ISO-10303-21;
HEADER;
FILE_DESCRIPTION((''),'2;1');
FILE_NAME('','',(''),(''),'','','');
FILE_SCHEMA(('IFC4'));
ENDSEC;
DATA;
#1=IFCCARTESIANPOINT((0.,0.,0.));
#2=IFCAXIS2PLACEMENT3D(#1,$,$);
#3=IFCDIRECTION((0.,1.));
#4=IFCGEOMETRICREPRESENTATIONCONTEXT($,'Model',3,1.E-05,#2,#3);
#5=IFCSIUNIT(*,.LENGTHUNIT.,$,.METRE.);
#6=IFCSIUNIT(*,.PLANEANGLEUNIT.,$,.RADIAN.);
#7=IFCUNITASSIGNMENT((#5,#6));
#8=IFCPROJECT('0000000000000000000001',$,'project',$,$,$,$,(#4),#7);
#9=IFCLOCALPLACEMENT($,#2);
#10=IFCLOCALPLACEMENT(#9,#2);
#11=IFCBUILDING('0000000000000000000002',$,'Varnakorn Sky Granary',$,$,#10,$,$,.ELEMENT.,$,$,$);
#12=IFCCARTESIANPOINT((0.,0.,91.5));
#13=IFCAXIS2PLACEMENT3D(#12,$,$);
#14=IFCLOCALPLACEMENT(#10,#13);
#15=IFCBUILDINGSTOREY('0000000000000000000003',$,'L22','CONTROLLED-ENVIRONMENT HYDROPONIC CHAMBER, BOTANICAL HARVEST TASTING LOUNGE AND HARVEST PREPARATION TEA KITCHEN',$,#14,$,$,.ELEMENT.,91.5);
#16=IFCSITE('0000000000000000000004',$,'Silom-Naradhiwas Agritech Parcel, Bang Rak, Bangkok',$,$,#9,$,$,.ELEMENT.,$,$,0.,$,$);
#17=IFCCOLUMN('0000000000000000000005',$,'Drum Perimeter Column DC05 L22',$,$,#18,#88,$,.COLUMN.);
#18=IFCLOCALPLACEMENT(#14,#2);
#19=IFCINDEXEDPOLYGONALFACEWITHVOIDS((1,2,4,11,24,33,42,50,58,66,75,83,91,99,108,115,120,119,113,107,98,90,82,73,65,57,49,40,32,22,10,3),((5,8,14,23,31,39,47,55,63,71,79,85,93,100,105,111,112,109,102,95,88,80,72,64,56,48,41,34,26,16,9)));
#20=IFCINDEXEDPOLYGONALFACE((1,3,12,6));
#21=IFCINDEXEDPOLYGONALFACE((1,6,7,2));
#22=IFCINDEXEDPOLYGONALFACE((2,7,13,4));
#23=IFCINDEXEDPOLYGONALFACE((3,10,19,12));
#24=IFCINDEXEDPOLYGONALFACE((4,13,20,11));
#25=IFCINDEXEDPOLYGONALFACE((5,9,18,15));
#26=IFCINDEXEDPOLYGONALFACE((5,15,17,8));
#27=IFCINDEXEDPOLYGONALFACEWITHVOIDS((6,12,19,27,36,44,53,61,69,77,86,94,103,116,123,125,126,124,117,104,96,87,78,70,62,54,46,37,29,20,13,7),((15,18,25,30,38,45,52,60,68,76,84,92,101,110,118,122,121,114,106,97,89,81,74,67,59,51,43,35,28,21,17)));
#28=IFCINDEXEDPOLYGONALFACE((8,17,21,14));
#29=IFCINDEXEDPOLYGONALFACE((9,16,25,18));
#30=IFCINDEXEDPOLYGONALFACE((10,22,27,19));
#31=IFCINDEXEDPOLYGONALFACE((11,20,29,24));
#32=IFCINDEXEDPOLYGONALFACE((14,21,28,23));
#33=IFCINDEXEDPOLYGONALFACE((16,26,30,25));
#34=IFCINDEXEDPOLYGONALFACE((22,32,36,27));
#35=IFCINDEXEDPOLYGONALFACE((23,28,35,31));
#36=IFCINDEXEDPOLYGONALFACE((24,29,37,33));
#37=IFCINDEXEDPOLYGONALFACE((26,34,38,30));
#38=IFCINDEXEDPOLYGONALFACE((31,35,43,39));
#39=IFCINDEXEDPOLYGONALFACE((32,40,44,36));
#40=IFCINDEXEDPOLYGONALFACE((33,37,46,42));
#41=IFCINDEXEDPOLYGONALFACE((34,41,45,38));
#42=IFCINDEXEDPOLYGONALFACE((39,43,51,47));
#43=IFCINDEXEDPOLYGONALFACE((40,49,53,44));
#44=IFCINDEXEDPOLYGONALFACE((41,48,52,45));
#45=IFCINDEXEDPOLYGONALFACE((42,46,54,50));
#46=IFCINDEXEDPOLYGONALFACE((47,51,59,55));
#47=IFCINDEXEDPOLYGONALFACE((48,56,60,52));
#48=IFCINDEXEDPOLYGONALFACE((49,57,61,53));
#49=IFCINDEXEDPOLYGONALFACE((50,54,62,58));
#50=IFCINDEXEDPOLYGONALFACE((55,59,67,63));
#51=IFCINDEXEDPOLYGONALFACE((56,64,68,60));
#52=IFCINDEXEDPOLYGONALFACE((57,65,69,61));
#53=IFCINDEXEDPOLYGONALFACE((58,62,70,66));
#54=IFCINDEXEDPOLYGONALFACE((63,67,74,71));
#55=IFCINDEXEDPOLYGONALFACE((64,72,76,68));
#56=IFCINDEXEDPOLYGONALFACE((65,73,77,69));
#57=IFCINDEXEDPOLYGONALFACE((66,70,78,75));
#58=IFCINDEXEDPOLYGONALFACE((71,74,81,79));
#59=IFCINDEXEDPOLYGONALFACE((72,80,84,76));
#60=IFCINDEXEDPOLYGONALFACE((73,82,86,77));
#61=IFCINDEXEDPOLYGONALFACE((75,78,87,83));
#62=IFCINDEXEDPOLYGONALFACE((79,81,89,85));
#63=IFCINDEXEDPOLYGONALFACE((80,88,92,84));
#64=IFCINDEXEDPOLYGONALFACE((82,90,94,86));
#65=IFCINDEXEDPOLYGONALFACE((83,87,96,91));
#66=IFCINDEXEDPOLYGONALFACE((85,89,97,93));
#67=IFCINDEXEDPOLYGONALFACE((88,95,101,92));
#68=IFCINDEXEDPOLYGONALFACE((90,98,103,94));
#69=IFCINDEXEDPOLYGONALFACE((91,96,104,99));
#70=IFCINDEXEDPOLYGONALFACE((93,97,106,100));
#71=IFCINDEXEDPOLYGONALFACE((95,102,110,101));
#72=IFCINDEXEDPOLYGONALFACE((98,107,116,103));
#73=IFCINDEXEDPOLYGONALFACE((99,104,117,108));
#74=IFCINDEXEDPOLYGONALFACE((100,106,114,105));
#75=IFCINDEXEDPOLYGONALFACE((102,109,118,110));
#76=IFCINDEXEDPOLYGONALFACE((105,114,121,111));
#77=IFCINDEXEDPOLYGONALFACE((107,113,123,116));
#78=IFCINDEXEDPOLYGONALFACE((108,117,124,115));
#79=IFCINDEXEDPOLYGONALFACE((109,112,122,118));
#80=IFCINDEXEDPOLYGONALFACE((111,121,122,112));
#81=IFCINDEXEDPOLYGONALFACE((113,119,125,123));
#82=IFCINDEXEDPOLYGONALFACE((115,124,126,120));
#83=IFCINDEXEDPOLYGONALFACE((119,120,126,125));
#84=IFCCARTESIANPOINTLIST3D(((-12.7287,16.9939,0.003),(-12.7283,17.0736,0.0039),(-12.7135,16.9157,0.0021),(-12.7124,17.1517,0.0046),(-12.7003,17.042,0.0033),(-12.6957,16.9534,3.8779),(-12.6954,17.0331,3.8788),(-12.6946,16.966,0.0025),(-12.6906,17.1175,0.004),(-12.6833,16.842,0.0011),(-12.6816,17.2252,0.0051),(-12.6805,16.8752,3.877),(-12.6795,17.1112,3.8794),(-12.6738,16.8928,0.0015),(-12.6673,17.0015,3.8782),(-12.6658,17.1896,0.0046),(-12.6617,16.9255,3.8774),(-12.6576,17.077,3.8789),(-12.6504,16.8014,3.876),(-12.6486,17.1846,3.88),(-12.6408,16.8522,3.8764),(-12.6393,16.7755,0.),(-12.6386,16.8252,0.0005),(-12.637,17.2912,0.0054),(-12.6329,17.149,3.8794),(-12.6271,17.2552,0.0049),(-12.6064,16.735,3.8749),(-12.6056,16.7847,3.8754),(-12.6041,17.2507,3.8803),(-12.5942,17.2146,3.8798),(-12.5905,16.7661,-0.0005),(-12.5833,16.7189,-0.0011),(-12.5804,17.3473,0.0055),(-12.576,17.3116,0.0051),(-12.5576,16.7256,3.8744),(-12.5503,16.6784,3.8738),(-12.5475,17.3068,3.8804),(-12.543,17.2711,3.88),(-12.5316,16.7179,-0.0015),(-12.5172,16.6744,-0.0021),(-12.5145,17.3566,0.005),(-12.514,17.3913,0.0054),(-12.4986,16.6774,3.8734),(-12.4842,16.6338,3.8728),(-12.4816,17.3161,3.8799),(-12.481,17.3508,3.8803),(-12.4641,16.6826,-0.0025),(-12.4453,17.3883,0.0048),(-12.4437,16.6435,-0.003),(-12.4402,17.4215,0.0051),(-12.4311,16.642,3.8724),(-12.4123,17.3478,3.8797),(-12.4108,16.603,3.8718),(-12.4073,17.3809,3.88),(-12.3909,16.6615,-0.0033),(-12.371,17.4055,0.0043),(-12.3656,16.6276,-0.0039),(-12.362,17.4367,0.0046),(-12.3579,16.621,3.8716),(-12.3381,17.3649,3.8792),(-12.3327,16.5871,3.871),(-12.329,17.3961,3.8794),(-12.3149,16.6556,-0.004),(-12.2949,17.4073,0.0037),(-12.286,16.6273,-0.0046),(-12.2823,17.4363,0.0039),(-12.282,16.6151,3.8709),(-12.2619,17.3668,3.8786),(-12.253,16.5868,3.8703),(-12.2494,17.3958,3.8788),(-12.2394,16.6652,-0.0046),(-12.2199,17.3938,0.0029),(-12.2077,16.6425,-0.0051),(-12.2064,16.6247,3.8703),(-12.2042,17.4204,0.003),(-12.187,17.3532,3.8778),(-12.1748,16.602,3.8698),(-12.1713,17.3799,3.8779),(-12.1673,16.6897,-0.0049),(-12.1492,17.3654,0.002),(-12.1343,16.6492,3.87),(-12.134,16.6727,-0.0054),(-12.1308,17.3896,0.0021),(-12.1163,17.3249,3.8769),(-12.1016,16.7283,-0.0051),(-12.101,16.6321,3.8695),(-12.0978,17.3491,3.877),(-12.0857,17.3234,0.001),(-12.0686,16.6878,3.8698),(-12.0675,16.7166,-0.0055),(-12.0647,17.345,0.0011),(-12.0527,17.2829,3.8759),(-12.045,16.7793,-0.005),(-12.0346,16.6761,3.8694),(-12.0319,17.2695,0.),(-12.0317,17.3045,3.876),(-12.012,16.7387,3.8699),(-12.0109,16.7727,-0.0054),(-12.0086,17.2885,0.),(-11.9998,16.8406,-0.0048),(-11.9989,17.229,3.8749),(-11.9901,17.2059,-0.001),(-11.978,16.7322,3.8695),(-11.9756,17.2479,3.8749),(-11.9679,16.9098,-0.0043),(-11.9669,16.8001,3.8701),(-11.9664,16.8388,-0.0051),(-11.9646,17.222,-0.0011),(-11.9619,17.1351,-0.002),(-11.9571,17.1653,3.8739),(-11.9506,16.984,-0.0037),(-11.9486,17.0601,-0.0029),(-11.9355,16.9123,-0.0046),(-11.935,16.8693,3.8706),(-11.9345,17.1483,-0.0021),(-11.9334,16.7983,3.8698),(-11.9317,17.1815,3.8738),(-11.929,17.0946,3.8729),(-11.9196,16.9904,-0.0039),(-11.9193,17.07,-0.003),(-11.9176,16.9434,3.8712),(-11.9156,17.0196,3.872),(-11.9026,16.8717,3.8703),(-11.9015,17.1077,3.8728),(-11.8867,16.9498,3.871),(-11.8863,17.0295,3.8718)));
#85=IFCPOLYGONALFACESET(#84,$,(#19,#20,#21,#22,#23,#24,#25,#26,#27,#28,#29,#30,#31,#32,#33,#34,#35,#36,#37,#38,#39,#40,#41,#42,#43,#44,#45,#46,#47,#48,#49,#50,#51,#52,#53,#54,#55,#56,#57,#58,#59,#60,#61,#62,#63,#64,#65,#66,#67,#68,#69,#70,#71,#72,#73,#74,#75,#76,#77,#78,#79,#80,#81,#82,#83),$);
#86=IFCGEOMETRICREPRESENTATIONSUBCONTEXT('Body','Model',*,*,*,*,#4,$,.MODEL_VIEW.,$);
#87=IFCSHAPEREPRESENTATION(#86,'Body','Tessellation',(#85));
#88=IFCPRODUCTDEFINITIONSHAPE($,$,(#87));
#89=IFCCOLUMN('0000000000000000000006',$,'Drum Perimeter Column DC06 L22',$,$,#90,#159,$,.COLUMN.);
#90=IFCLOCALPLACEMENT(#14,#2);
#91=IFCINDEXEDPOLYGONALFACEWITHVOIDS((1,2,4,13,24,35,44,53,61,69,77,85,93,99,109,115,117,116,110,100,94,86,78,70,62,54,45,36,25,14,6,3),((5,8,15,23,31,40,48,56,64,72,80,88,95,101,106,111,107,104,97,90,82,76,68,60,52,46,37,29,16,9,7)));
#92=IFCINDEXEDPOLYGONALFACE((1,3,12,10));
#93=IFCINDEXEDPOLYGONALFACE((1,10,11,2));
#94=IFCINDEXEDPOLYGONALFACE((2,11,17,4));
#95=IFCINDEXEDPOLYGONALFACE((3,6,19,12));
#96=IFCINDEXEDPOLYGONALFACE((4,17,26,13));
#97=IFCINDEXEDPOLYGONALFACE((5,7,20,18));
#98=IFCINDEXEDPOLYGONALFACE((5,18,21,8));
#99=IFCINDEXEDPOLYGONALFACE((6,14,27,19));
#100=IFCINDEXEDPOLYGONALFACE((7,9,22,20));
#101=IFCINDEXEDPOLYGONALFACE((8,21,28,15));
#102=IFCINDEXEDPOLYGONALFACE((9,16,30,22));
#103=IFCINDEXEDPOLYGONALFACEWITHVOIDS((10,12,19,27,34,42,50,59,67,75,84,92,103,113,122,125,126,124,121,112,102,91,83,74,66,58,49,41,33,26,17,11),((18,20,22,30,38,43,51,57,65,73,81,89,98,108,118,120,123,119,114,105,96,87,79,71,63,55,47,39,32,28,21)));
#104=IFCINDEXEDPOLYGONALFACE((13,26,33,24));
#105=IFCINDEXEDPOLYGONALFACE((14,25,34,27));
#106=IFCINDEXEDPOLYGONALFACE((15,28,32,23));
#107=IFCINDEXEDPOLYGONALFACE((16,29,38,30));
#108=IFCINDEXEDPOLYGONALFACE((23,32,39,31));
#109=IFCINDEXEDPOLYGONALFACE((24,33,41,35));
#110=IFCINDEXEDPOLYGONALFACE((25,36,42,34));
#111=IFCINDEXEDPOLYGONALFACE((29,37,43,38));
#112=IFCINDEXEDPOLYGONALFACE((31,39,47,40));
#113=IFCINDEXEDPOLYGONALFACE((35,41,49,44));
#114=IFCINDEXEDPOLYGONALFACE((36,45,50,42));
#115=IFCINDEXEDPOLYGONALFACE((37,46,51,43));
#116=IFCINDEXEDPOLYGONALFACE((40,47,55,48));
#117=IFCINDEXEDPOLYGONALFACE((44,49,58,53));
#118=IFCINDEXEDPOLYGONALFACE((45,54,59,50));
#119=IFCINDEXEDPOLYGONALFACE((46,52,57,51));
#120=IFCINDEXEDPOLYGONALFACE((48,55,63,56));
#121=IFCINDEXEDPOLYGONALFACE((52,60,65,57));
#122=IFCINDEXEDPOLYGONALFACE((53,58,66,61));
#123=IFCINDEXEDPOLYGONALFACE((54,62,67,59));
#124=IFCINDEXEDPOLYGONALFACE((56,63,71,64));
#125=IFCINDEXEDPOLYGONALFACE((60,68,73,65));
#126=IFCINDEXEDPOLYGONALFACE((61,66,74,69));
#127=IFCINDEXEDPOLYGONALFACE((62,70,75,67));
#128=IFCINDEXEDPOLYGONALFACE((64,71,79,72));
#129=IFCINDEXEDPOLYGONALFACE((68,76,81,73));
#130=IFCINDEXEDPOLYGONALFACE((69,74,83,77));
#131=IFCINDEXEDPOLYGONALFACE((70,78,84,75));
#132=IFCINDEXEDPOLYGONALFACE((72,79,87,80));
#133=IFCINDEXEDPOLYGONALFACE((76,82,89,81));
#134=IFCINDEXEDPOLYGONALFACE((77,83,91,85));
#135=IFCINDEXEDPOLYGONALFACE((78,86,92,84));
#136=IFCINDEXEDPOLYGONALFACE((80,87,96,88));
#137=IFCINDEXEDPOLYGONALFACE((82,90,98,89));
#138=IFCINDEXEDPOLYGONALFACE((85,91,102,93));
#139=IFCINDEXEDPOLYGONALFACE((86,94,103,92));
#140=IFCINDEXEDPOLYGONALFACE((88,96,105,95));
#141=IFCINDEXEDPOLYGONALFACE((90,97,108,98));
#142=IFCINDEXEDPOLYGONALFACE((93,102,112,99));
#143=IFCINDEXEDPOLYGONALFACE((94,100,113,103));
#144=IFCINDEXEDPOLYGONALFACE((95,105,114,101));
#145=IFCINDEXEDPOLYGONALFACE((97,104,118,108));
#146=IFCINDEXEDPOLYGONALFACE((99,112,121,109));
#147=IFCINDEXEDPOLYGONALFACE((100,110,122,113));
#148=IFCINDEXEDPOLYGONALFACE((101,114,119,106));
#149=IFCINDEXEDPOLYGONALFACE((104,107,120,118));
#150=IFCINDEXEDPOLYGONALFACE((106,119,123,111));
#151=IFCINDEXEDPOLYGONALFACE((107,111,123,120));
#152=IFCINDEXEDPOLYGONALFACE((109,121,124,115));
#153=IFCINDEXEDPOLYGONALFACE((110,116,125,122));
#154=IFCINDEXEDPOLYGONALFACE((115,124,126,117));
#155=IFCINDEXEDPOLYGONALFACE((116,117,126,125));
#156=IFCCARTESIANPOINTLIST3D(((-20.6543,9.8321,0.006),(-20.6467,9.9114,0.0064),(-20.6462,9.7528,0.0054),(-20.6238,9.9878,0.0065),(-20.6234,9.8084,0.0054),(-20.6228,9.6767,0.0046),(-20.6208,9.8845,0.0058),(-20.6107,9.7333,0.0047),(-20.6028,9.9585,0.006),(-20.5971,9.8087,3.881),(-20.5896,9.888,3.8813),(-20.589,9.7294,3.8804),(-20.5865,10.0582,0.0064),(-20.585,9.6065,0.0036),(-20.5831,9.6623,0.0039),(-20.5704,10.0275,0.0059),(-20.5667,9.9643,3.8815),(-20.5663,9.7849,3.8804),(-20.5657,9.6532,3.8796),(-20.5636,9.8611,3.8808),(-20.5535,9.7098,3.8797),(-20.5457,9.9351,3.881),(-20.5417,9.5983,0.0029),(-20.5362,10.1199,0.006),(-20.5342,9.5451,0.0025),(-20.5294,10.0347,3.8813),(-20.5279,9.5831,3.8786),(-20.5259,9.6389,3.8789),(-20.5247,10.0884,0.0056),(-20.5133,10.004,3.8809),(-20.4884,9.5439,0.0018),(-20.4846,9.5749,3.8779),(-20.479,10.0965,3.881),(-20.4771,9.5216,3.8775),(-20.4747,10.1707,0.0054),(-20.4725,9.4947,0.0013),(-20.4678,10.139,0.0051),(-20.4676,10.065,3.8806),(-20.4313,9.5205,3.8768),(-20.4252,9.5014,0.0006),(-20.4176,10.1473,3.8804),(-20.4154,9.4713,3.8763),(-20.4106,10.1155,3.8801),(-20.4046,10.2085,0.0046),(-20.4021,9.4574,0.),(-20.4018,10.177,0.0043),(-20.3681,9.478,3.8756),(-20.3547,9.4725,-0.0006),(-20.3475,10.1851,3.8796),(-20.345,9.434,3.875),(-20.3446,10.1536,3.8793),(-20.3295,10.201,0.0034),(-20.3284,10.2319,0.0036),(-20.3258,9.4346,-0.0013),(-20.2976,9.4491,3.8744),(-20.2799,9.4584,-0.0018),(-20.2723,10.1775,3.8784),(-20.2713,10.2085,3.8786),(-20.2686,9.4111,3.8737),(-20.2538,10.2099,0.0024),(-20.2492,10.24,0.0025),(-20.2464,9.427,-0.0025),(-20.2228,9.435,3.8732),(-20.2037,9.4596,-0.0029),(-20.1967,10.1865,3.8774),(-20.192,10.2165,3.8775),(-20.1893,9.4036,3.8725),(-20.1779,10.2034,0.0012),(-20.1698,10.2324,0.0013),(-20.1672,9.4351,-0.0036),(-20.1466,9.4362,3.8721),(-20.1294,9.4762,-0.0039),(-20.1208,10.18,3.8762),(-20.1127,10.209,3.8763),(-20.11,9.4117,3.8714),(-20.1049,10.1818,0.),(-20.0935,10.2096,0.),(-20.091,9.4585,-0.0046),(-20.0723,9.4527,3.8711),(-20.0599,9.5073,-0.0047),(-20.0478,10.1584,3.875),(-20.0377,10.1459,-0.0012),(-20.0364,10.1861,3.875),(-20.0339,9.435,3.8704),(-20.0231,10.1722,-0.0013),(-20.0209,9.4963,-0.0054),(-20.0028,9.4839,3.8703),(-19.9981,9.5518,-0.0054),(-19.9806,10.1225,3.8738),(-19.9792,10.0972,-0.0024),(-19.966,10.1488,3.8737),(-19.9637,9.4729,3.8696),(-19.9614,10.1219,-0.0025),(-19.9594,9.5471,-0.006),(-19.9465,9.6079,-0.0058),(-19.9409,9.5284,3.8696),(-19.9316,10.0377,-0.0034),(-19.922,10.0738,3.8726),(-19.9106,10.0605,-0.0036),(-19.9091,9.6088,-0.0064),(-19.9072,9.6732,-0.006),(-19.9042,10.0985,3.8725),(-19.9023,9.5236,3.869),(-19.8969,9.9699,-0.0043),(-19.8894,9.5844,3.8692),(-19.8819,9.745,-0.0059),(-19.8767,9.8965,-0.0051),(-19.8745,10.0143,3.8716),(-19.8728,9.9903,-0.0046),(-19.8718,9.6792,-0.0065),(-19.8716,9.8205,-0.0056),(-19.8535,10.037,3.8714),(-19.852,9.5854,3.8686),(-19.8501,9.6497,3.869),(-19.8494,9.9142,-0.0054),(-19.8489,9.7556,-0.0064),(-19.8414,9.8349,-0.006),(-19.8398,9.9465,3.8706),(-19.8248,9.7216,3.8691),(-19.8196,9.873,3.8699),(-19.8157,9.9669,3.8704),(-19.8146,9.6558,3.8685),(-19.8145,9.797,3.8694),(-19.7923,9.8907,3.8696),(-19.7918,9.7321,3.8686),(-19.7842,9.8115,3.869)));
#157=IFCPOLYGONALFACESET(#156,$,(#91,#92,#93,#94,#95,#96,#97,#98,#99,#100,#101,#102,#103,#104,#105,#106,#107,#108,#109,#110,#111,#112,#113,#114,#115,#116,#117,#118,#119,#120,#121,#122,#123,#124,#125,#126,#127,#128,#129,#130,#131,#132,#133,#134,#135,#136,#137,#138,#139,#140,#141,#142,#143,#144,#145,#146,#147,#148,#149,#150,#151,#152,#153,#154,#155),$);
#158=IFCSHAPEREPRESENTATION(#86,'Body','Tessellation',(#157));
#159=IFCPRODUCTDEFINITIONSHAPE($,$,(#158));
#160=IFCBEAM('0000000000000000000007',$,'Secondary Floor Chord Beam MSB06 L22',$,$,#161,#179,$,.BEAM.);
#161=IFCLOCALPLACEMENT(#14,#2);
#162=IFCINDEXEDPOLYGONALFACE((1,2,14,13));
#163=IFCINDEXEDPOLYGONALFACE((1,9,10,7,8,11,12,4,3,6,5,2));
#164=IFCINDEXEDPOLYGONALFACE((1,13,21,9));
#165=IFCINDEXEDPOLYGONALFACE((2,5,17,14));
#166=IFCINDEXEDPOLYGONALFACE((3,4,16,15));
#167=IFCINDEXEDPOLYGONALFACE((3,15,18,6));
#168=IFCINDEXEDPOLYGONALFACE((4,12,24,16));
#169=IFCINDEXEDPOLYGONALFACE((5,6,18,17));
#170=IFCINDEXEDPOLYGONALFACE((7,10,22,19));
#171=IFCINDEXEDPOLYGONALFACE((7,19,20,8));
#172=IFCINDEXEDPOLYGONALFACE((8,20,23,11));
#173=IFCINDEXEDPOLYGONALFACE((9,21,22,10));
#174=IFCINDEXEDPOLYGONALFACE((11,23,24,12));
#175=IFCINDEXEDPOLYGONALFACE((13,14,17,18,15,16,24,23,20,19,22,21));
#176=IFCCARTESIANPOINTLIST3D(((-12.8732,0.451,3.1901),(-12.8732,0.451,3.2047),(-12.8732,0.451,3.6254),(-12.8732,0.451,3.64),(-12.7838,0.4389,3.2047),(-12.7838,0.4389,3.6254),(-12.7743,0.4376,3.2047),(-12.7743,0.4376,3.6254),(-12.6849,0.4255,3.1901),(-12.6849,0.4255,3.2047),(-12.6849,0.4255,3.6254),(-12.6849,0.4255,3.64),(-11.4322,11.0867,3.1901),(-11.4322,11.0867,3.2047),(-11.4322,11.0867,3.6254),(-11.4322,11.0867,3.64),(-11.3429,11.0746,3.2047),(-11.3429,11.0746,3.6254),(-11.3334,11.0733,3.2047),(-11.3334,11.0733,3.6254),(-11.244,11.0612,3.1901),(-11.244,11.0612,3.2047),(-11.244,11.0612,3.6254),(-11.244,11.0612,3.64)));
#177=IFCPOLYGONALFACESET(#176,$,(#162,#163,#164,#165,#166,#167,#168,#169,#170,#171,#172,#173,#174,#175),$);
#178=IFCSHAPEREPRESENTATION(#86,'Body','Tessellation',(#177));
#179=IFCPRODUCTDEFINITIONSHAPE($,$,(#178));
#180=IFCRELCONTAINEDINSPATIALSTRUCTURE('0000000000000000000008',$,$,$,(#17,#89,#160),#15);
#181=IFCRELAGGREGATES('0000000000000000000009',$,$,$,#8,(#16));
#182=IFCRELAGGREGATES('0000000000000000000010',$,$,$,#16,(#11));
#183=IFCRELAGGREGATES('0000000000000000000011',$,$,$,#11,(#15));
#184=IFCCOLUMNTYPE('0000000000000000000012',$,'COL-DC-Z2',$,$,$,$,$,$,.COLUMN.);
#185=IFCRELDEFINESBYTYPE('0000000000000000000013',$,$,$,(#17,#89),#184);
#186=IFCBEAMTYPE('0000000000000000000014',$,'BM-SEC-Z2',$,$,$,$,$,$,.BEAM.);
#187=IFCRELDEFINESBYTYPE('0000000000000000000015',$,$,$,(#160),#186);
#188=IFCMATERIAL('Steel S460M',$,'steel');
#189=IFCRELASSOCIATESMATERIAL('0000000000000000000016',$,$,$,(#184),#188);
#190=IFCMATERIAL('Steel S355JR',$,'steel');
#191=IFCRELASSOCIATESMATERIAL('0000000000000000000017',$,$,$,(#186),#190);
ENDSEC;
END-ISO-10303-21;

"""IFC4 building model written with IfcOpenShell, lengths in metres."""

from ifc_helpers import new_model, si_unit, direction, frame, origin, origin_2d, place, context, subcontext, project, spatial, hollow_circle, i_section, extrude, material, material_profile, profile_set, type_object, element, save


model = new_model("IFC4")

# Units and contexts
model_context = context("Model", 3, precision=1e-05, world=origin(), true_north=direction((0.0, 1.0)))
body_context = subcontext(model_context, "Body", "Model", "MODEL_VIEW")
ifc_project = project(units=[si_unit("LENGTHUNIT", "METRE"), si_unit("PLANEANGLEUNIT", "RADIAN")], contexts=[model_context])

# Site, building, storey
site_placement = place(None, origin())
site = spatial("IfcSite", under=ifc_project, at=site_placement, Name="Silom-Naradhiwas Agritech Parcel, Bang Rak, Bangkok", CompositionType="ELEMENT", RefElevation=0.0)
building_placement = place(site_placement, origin())
building = spatial("IfcBuilding", under=site, at=building_placement, Name="Varnakorn Sky Granary", CompositionType="ELEMENT")
storey_placement = place(building_placement, frame((0.0, 0.0, 91.5)))
storey = spatial("IfcBuildingStorey", under=building, at=storey_placement, Name="L22", Description="CONTROLLED-ENVIRONMENT HYDROPONIC CHAMBER, BOTANICAL HARVEST TASTING LOUNGE AND HARVEST PREPARATION TEA KITCHEN", CompositionType="ELEMENT", Elevation=91.5)

# Columns
ifc_material_1 = material(Name="Steel S460M", Category="steel")
ifc_material_profile_1 = material_profile(ifc_material_1, hollow_circle(Radius=0.4065, WallThickness=0.03, at=origin_2d()), Name="CHS 813x30")
ifc_profile_set_1 = profile_set([ifc_material_profile_1], Name="Steel S460M")
column_type = type_object("IfcColumnType", Name="COL-DC-Z2", PredefinedType="COLUMN", material=ifc_profile_set_1)
column_1_placement = place(storey_placement, frame((-12.324, 17.032, 0.0), z_axis=(0.008505, -0.010458, 0.999909), x_axis=(0.775828, 0.630944, 0.0)))
element("IfcColumn", 1, at=column_1_placement, inside=storey, type_object=column_type, Name="Drum Perimeter Column DC05 L22", PredefinedType="COLUMN", context=body_context, shape_type="SweptSolid", body=[
    extrude(hollow_circle(Radius=0.4065, WallThickness=0.03, at=origin_2d()), origin(), (0.0, 0.0, 1.0), 3.8752),
])
column_2_placement = place(storey_placement, frame((-20.2478, 9.8335, 0.0), z_axis=(0.014741, -0.006048, 0.999873), x_axis=(0.379556, 0.925169, 0.0)))
element("IfcColumn", 2, at=column_2_placement, inside=storey, type_object=column_type, Name="Drum Perimeter Column DC06 L22", PredefinedType="COLUMN", context=body_context, shape_type="SweptSolid", body=[
    extrude(hollow_circle(Radius=0.4065, WallThickness=0.03, at=origin_2d()), origin(), (0.0, 0.0, 1.0), 3.8755),
])

# Beam
ifc_material_2 = material(Name="Steel S355JR", Category="steel")
ifc_material_profile_2 = material_profile(ifc_material_2, i_section(OverallWidth=0.1899, OverallDepth=0.45, WebThickness=0.0095, FlangeThickness=0.0146, at=origin_2d()), Name="IPE 450")
ifc_profile_set_2 = profile_set([ifc_material_profile_2], Name="Steel S355JR")
beam_type_1 = type_object("IfcBeamType", Name="BM-SEC-Z2", PredefinedType="BEAM", material=ifc_profile_set_2)
beam_1_placement = place(storey_placement, frame((-11.3381, 11.074, 3.415), z_axis=(-0.134252, -0.990947, 0.0), x_axis=(0.990947, -0.134252, 0.0)))
element("IfcBeam", 3, at=beam_1_placement, inside=storey, type_object=beam_type_1, Name="Secondary Floor Chord Beam MSB06 L22", PredefinedType="BEAM", context=body_context, shape_type="SweptSolid", body=[
    extrude(i_section(OverallWidth=0.1899, OverallDepth=0.45, WebThickness=0.0095, FlangeThickness=0.0146, at=origin_2d()), origin(), (0.0, 0.0, 1.0), 10.7329),
])

save(model, "model.ifc")
